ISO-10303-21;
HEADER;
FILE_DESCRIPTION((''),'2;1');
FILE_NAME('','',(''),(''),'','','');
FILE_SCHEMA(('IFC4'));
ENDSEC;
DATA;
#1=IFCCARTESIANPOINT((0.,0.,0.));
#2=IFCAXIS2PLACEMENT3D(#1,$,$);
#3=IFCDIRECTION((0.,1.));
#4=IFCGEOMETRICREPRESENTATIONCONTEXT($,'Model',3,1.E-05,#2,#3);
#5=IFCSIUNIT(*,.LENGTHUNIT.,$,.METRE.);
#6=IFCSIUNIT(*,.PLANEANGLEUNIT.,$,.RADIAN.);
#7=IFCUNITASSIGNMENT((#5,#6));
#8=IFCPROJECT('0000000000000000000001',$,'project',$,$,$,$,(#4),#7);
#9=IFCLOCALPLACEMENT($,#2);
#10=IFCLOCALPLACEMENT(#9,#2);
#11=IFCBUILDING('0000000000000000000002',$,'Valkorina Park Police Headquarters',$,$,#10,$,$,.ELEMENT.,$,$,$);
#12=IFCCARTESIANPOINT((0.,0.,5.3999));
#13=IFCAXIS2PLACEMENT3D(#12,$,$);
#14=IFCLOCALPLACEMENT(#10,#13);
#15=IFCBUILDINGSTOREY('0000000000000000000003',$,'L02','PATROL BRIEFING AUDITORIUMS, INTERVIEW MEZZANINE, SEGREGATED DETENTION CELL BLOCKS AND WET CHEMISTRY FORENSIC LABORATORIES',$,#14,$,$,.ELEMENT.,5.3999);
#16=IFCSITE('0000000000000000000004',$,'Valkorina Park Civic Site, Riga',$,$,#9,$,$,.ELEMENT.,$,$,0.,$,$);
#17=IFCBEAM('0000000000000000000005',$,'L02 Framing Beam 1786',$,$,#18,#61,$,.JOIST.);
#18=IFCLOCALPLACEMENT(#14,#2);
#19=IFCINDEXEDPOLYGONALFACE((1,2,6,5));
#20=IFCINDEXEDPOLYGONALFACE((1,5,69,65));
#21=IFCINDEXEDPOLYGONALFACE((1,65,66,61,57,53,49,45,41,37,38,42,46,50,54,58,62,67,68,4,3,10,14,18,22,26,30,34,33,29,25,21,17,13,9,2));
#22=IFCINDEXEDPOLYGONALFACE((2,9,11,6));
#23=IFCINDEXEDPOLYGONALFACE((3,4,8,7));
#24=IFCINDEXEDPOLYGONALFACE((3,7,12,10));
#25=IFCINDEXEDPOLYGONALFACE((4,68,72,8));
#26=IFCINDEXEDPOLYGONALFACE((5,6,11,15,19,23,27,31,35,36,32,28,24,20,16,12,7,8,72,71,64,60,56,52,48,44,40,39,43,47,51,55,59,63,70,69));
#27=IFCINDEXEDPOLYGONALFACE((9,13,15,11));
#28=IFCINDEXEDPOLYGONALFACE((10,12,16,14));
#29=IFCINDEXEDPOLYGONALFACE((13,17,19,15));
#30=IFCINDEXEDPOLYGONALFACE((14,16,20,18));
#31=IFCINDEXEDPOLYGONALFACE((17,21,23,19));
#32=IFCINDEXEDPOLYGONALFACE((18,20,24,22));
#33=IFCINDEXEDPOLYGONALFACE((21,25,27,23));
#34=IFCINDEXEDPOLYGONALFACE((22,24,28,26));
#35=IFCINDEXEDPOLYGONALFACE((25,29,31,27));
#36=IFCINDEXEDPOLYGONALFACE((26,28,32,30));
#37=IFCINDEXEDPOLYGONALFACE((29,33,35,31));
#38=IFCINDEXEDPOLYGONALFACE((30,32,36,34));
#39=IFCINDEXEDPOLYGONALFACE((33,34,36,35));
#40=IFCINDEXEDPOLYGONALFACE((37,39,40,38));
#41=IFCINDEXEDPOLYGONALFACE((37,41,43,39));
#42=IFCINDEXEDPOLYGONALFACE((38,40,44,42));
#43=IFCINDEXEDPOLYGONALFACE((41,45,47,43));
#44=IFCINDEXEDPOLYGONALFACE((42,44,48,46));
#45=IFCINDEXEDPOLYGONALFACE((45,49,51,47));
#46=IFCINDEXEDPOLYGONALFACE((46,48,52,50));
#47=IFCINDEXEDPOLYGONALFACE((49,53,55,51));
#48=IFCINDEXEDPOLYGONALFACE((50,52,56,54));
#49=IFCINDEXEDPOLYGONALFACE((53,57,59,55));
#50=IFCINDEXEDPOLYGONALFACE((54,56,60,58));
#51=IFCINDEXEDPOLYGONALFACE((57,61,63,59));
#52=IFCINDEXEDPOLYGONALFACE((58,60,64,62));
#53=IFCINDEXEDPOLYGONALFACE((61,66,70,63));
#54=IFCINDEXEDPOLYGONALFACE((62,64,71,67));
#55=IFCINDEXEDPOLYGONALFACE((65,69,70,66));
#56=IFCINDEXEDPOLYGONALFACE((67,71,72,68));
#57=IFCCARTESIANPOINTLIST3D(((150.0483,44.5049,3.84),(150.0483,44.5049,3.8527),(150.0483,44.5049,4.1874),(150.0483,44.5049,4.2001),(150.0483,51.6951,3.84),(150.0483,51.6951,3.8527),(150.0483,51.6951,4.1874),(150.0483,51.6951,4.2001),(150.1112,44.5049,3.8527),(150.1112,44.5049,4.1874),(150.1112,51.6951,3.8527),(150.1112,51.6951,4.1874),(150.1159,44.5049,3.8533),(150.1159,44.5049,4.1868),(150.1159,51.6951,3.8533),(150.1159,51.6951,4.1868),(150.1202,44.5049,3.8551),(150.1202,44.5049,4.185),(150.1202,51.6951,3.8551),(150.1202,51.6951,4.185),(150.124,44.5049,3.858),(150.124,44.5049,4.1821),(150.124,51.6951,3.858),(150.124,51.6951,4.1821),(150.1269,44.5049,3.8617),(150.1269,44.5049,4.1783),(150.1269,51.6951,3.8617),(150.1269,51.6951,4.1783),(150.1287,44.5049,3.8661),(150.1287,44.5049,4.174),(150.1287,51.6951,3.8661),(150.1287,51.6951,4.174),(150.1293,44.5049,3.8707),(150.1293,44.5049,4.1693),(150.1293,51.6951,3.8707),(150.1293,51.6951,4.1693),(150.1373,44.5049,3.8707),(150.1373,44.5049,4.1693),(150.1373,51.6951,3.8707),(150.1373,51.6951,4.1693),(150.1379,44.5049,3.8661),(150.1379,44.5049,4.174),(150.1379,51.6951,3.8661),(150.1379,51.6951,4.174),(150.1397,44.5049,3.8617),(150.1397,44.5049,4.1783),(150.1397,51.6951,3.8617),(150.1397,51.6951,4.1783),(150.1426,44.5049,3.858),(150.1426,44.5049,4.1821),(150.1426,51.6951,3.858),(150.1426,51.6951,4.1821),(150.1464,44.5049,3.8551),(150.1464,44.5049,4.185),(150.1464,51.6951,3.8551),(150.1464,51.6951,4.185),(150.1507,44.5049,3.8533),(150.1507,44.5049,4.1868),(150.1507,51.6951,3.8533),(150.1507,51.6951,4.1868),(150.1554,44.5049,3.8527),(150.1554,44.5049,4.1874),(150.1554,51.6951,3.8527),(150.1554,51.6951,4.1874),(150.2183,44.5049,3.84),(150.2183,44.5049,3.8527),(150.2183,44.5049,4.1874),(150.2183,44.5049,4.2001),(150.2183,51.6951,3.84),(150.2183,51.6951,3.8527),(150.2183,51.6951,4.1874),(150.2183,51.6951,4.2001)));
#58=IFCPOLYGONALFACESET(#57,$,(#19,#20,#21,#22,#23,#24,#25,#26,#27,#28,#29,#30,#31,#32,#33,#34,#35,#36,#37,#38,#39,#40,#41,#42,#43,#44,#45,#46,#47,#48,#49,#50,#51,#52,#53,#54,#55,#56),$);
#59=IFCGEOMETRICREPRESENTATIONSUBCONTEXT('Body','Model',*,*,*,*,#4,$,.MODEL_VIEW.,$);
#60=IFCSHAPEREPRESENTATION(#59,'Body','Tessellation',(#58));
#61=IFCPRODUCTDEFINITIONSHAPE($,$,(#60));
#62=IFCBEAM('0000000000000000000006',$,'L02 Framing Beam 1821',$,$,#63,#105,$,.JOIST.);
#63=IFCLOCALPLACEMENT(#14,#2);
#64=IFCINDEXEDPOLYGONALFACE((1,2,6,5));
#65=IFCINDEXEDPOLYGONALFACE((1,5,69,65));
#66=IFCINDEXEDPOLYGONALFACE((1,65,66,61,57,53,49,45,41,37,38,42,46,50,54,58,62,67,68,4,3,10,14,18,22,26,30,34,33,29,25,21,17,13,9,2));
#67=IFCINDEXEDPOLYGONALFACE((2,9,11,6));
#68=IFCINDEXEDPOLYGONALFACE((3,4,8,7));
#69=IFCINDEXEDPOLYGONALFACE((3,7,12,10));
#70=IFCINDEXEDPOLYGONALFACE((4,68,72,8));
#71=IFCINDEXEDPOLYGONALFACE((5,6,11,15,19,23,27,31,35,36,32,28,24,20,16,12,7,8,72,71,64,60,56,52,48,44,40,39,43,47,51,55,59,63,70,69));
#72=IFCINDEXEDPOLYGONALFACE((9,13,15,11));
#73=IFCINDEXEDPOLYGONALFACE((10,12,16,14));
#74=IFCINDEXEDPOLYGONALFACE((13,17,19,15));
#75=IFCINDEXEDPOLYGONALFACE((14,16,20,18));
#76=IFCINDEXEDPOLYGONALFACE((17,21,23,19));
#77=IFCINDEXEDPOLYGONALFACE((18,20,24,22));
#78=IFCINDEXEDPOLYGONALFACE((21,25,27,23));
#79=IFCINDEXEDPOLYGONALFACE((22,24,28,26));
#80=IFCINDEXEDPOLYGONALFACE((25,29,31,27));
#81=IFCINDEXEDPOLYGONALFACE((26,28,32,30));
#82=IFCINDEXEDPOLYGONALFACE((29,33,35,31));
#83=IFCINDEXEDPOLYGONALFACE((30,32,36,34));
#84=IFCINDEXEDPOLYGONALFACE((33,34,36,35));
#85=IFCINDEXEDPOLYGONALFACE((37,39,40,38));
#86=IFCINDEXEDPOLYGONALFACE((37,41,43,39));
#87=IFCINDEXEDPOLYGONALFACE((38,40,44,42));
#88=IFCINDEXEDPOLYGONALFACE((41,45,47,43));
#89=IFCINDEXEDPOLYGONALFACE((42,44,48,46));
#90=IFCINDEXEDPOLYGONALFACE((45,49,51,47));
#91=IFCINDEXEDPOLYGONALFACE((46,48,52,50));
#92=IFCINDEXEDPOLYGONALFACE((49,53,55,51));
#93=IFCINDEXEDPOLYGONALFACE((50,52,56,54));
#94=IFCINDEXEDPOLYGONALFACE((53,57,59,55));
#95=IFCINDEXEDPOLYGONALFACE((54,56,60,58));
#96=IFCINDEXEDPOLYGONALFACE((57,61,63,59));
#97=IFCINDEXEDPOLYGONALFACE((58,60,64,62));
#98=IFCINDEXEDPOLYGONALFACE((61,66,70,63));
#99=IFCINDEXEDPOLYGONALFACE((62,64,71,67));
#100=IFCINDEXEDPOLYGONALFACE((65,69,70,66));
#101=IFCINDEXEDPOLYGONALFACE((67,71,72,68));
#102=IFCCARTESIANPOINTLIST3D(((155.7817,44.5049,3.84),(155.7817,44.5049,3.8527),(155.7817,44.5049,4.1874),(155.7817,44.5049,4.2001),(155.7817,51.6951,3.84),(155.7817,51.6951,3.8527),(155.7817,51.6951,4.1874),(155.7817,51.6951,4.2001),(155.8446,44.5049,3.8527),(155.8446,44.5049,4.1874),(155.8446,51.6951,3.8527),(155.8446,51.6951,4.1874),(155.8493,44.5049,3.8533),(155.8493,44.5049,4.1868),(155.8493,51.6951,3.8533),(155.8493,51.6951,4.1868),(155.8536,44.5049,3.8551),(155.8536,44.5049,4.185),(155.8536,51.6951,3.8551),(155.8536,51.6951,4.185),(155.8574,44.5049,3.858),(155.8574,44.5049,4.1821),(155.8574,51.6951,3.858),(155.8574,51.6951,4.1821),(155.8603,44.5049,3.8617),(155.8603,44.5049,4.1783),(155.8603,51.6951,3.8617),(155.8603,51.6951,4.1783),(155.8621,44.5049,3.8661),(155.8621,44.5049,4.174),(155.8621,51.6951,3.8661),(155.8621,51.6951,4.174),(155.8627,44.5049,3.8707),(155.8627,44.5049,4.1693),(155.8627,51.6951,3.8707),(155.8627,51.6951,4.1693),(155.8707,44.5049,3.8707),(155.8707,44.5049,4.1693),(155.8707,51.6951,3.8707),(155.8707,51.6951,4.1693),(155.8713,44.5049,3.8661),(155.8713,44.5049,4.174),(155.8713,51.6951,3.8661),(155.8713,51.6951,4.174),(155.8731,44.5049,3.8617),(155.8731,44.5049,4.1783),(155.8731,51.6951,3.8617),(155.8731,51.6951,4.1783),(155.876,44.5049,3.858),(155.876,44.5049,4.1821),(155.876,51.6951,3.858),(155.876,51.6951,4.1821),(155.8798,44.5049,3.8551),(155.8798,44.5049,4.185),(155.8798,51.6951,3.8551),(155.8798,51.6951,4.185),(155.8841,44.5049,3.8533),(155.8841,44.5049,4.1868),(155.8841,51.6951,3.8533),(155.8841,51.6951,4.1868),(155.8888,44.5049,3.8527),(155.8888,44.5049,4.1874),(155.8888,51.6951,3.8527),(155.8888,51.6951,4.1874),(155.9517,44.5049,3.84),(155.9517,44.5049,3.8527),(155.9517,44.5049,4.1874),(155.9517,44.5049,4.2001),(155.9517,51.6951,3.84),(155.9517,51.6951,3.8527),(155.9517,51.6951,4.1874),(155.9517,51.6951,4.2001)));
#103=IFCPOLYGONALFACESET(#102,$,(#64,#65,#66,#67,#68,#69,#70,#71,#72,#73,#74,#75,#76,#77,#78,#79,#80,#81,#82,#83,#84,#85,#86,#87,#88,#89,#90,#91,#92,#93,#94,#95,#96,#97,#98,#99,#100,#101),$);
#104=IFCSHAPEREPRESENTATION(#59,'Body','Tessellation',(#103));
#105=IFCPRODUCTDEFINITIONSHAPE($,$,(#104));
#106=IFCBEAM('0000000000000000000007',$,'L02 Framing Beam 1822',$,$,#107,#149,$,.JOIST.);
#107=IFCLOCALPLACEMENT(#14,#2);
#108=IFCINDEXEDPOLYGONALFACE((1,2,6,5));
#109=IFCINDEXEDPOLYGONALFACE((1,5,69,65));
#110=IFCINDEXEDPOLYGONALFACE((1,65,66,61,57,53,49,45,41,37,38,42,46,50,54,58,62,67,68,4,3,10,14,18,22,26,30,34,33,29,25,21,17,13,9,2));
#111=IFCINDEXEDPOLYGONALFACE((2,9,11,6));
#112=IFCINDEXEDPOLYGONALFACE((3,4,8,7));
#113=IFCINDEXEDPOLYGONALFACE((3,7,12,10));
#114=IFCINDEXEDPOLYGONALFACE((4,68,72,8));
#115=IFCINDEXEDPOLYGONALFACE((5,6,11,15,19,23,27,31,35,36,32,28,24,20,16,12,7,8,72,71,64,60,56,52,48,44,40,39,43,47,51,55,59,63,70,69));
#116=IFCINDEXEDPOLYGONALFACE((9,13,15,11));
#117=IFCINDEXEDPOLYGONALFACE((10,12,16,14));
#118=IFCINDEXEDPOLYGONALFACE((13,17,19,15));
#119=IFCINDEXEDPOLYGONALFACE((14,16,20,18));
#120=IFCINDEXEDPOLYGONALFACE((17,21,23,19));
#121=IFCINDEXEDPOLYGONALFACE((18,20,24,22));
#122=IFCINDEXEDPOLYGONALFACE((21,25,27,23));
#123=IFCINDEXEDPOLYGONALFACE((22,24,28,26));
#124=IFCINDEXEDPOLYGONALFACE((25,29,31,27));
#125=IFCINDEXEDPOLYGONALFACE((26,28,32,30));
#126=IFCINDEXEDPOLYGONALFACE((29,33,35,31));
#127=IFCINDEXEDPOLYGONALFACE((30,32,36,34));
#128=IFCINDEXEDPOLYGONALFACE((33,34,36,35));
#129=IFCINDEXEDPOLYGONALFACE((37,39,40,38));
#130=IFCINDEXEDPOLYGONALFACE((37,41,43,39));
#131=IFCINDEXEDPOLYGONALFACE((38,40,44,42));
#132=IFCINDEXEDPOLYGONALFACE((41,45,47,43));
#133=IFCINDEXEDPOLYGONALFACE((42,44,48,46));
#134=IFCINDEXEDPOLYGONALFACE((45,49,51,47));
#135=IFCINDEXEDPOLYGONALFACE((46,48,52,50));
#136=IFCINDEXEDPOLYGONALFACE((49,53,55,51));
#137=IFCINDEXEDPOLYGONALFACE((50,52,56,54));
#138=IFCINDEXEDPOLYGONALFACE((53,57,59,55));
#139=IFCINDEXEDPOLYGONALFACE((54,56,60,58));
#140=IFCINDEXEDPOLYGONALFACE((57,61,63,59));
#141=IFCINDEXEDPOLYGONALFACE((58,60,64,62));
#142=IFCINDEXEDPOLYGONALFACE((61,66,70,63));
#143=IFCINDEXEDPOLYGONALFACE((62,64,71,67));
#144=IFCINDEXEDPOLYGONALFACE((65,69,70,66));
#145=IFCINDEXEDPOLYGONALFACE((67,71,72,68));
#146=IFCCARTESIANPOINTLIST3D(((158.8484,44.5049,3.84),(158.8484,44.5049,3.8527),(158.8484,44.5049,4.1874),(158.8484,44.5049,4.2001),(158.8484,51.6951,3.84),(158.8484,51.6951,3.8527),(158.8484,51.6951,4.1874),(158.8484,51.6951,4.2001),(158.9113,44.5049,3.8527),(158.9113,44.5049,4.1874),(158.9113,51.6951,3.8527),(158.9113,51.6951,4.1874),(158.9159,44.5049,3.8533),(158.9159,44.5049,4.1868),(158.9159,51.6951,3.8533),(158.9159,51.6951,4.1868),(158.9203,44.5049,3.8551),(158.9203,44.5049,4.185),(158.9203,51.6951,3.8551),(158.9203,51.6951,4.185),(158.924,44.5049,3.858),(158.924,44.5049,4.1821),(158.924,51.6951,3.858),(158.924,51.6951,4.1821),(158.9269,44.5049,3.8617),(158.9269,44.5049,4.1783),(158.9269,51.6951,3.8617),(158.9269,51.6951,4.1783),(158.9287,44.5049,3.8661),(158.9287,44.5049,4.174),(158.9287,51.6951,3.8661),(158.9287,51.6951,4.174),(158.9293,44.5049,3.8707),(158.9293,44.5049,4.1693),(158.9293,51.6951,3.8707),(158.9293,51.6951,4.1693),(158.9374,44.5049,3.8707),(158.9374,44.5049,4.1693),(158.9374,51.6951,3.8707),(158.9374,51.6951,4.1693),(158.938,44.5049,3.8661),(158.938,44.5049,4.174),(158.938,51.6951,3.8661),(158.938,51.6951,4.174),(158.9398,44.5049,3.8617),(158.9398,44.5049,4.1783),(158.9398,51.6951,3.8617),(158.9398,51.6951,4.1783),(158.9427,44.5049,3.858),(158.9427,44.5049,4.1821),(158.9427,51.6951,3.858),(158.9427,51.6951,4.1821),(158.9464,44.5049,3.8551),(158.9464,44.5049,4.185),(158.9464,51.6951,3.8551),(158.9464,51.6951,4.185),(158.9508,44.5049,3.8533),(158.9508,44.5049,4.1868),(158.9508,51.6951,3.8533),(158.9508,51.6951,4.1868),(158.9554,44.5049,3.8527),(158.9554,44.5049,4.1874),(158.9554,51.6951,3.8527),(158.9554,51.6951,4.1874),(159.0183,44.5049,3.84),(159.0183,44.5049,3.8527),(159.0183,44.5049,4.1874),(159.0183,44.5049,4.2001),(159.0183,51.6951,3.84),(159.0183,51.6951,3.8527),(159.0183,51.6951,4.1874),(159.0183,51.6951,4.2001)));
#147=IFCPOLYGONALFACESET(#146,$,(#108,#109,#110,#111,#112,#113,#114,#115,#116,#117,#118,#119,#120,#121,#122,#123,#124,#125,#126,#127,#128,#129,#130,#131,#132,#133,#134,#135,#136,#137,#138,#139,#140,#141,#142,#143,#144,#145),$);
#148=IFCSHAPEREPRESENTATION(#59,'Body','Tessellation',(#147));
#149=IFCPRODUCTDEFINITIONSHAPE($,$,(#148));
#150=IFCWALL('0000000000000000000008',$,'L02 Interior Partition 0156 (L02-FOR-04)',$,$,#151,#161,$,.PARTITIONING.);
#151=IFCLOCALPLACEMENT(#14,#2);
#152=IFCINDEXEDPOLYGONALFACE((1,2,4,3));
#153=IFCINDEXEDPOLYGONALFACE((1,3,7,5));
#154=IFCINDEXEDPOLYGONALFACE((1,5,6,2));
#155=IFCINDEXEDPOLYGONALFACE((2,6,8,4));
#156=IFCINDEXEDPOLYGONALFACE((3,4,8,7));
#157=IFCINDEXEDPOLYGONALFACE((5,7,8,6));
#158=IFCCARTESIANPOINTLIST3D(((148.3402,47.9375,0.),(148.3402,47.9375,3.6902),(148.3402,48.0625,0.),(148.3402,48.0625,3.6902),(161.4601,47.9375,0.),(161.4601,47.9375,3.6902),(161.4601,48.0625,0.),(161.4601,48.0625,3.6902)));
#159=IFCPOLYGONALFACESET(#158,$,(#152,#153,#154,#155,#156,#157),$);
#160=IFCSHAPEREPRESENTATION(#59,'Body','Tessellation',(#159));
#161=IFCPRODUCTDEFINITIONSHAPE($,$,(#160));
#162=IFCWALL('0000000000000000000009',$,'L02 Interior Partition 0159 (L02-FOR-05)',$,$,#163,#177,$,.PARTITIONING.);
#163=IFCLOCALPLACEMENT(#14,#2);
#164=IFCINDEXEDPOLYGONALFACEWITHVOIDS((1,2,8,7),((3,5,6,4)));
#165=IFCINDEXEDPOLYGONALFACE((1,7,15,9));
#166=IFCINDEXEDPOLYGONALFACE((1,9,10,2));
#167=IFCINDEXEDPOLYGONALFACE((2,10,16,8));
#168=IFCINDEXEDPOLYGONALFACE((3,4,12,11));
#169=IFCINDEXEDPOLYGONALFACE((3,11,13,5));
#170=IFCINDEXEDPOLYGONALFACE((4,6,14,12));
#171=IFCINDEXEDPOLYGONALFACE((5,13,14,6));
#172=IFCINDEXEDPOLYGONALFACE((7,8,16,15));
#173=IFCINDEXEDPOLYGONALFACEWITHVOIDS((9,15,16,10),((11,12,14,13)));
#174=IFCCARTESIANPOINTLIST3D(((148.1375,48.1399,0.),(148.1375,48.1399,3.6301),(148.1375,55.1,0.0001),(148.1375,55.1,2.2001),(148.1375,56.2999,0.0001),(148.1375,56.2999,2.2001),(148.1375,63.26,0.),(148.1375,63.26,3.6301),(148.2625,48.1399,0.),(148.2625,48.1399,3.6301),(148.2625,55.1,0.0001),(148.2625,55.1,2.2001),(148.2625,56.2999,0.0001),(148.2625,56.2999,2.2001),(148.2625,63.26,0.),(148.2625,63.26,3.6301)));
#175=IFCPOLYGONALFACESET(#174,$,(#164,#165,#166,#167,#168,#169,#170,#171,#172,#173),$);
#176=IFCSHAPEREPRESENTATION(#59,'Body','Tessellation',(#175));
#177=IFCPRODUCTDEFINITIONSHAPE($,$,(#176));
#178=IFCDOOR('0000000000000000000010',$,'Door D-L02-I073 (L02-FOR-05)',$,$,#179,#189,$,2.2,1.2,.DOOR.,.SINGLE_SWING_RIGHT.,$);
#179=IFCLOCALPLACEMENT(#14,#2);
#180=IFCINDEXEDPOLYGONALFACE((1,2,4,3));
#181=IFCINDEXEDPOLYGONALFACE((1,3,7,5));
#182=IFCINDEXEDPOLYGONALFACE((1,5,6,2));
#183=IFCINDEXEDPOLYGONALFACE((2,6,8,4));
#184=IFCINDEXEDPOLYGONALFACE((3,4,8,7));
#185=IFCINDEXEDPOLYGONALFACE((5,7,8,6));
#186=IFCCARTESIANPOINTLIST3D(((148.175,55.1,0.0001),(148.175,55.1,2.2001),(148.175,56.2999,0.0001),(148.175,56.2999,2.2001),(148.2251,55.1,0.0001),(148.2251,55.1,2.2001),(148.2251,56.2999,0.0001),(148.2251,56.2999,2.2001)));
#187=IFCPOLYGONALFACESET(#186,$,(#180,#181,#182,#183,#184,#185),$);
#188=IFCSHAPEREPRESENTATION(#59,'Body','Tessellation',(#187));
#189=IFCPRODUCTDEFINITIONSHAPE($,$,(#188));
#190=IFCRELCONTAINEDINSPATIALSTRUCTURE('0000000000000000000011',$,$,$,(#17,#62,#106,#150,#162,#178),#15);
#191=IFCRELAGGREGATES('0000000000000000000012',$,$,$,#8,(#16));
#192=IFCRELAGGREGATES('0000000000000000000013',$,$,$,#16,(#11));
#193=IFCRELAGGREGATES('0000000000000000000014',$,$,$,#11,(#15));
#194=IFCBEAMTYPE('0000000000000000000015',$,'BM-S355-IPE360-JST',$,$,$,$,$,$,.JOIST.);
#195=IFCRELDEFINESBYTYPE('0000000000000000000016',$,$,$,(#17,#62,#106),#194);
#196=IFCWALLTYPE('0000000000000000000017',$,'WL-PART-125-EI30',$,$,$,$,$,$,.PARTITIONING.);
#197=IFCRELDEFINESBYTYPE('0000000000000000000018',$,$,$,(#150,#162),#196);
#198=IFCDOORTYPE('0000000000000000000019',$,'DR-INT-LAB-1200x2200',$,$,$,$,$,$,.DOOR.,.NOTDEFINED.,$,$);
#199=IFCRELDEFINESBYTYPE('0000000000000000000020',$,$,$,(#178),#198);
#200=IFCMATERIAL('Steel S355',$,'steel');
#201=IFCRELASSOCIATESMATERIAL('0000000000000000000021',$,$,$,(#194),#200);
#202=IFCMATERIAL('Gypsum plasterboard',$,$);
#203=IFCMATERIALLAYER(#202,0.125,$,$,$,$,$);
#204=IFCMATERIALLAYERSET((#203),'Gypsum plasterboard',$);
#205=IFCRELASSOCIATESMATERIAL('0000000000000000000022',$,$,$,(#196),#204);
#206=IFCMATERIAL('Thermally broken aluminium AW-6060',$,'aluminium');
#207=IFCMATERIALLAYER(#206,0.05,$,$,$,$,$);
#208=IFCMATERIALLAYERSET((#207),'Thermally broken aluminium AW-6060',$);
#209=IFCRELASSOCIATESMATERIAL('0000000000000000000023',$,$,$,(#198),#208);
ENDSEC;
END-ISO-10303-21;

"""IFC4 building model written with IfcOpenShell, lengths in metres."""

from ifc_helpers import new_model, si_unit, direction, frame, frame_2d, origin, origin_2d, place, context, subcontext, project, spatial, rectangle, i_section, extrude, material, layer, layer_set, material_profile, profile_set, type_object, element, fill, save


model = new_model("IFC4")

# Units and contexts
model_context = context("Model", 3, precision=1e-05, world=origin(), true_north=direction((0.0, 1.0)))
body_context = subcontext(model_context, "Body", "Model", "MODEL_VIEW")
ifc_project = project(units=[si_unit("LENGTHUNIT", "METRE"), si_unit("PLANEANGLEUNIT", "RADIAN")], contexts=[model_context])

# Site, building, storey
site_placement = place(None, origin())
site = spatial("IfcSite", under=ifc_project, at=site_placement, Name="Valkorina Park Civic Site, Riga", CompositionType="ELEMENT", RefElevation=0.0)
building_placement = place(site_placement, origin())
building = spatial("IfcBuilding", under=site, at=building_placement, Name="Valkorina Park Police Headquarters", CompositionType="ELEMENT")
storey_placement = place(building_placement, frame((0.0, 0.0, 5.3999)))
storey = spatial("IfcBuildingStorey", under=building, at=storey_placement, Name="L02", Description="PATROL BRIEFING AUDITORIUMS, INTERVIEW MEZZANINE, SEGREGATED DETENTION CELL BLOCKS AND WET CHEMISTRY FORENSIC LABORATORIES", CompositionType="ELEMENT", Elevation=5.3999)

# Shared definitions
ifc_material_1 = material(Name="Steel S355", Category="steel")

# Beams
ifc_material_profile_1 = material_profile(ifc_material_1, i_section(OverallWidth=0.1699, OverallDepth=0.3601, WebThickness=0.0081, FlangeThickness=0.0127, FilletRadius=0.0181, at=origin_2d()), Name="IPE 360")
ifc_profile_set_1 = profile_set([ifc_material_profile_1], Name="Steel S355")
beam_type_1 = type_object("IfcBeamType", Name="BM-S355-IPE360-JST", PredefinedType="JOIST", material=ifc_profile_set_1)
for number, where, z_axis, x_axis, name in (
    (1, (150.1333, 44.5049, 4.02), (0.0, 1.0, 0.0), (-1.0, 0.0, 0.0), "L02 Framing Beam 1786"),
    (2, (155.8667, 44.5049, 4.02), (0.0, 1.0, 0.0), (-1.0, 0.0, 0.0), "L02 Framing Beam 1821"),
    (3, (158.9333, 44.5049, 4.02), (0.0, 1.0, 0.0), (-1.0, 0.0, 0.0), "L02 Framing Beam 1822"),
):
    element("IfcBeam", number, at=place(storey_placement, frame(where, z_axis=z_axis, x_axis=x_axis)), inside=storey, type_object=beam_type_1, Name=name, PredefinedType="JOIST", context=body_context, shape_type="SweptSolid", body=[
        extrude(i_section(OverallWidth=0.1699, OverallDepth=0.3601, WebThickness=0.0081, FlangeThickness=0.0127, FilletRadius=0.0181, at=origin_2d()), origin(), (0.0, 0.0, 1.0), 7.1902),
    ])

# Wall
ifc_material_2 = material(Name="Gypsum plasterboard")
ifc_layer_1 = layer(ifc_material_2, 0.125)
ifc_layer_set_1 = layer_set([ifc_layer_1], Name="Gypsum plasterboard")
wall_type = type_object("IfcWallType", Name="WL-PART-125-EI30", PredefinedType="PARTITIONING", material=ifc_layer_set_1)
wall_1_placement = place(storey_placement, frame((148.3401, 48.0, 0.0), z_axis=(0.0, 0.0, 1.0), x_axis=(1.0, 0.0, 0.0)))
element("IfcWall", 4, at=wall_1_placement, inside=storey, type_object=wall_type, Name="L02 Interior Partition 0156 (L02-FOR-04)", PredefinedType="PARTITIONING", context=body_context, shape_type="SweptSolid", body=[
    extrude(rectangle(XDim=13.1199, YDim=0.125, at=frame_2d((6.5601, 0.0))), origin(), (0.0, 0.0, 1.0), 3.6902),
])

# Wall, opening, door
wall_2_placement = place(storey_placement, frame((148.2, 48.1399, 0.0), z_axis=(0.0, 0.0, 1.0), x_axis=(0.0, 1.0, 0.0)))
wall_2 = element("IfcWall", 5, at=wall_2_placement, inside=storey, type_object=wall_type, Name="L02 Interior Partition 0159 (L02-FOR-05)", PredefinedType="PARTITIONING", context=body_context, shape_type="SweptSolid", body=[
    extrude(rectangle(XDim=15.1201, YDim=0.125, at=frame_2d((7.5601, 0.0))), origin(), (0.0, 0.0, 1.0), 3.6301),
])
opening_placement = place(wall_2_placement, frame((6.96, 0.0, 0.0)))
opening = element("IfcOpeningElement", 6, at=opening_placement, cuts=wall_2, PredefinedType="OPENING", context=body_context, shape_type="SweptSolid", body=[
    extrude(rectangle(XDim=1.2, YDim=2.2, at=frame_2d((0.6001, 1.1001))), frame((0.0, 0.0725, 0.0), z_axis=(0.0, -1.0, 0.0), x_axis=(1.0, 0.0, 0.0)), (0.0, 0.0, 1.0), 0.145),
])
ifc_material_3 = material(Name="Thermally broken aluminium AW-6060", Category="aluminium")
ifc_layer_2 = layer(ifc_material_3, 0.05)
ifc_layer_set_2 = layer_set([ifc_layer_2], Name="Thermally broken aluminium AW-6060")
door_type = type_object("IfcDoorType", Name="DR-INT-LAB-1200x2200", OperationType="NOTDEFINED", PredefinedType="DOOR", material=ifc_layer_set_2)
door_placement = place(opening_placement, origin())
door = element("IfcDoor", 7, at=door_placement, inside=storey, type_object=door_type, Name="Door D-L02-I073 (L02-FOR-05)", OperationType="SINGLE_SWING_RIGHT", OverallHeight=2.2, OverallWidth=1.2, PredefinedType="DOOR", context=body_context, shape_type="SweptSolid", body=[
    extrude(rectangle(XDim=1.2, YDim=2.2, at=frame_2d((0.6001, 1.1001))), frame((0.0, 0.0249, 0.0), z_axis=(0.0, -1.0, 0.0), x_axis=(1.0, 0.0, 0.0)), (0.0, 0.0, 1.0), 0.05),
])
fill(opening, door)

save(model, "model.ifc")
